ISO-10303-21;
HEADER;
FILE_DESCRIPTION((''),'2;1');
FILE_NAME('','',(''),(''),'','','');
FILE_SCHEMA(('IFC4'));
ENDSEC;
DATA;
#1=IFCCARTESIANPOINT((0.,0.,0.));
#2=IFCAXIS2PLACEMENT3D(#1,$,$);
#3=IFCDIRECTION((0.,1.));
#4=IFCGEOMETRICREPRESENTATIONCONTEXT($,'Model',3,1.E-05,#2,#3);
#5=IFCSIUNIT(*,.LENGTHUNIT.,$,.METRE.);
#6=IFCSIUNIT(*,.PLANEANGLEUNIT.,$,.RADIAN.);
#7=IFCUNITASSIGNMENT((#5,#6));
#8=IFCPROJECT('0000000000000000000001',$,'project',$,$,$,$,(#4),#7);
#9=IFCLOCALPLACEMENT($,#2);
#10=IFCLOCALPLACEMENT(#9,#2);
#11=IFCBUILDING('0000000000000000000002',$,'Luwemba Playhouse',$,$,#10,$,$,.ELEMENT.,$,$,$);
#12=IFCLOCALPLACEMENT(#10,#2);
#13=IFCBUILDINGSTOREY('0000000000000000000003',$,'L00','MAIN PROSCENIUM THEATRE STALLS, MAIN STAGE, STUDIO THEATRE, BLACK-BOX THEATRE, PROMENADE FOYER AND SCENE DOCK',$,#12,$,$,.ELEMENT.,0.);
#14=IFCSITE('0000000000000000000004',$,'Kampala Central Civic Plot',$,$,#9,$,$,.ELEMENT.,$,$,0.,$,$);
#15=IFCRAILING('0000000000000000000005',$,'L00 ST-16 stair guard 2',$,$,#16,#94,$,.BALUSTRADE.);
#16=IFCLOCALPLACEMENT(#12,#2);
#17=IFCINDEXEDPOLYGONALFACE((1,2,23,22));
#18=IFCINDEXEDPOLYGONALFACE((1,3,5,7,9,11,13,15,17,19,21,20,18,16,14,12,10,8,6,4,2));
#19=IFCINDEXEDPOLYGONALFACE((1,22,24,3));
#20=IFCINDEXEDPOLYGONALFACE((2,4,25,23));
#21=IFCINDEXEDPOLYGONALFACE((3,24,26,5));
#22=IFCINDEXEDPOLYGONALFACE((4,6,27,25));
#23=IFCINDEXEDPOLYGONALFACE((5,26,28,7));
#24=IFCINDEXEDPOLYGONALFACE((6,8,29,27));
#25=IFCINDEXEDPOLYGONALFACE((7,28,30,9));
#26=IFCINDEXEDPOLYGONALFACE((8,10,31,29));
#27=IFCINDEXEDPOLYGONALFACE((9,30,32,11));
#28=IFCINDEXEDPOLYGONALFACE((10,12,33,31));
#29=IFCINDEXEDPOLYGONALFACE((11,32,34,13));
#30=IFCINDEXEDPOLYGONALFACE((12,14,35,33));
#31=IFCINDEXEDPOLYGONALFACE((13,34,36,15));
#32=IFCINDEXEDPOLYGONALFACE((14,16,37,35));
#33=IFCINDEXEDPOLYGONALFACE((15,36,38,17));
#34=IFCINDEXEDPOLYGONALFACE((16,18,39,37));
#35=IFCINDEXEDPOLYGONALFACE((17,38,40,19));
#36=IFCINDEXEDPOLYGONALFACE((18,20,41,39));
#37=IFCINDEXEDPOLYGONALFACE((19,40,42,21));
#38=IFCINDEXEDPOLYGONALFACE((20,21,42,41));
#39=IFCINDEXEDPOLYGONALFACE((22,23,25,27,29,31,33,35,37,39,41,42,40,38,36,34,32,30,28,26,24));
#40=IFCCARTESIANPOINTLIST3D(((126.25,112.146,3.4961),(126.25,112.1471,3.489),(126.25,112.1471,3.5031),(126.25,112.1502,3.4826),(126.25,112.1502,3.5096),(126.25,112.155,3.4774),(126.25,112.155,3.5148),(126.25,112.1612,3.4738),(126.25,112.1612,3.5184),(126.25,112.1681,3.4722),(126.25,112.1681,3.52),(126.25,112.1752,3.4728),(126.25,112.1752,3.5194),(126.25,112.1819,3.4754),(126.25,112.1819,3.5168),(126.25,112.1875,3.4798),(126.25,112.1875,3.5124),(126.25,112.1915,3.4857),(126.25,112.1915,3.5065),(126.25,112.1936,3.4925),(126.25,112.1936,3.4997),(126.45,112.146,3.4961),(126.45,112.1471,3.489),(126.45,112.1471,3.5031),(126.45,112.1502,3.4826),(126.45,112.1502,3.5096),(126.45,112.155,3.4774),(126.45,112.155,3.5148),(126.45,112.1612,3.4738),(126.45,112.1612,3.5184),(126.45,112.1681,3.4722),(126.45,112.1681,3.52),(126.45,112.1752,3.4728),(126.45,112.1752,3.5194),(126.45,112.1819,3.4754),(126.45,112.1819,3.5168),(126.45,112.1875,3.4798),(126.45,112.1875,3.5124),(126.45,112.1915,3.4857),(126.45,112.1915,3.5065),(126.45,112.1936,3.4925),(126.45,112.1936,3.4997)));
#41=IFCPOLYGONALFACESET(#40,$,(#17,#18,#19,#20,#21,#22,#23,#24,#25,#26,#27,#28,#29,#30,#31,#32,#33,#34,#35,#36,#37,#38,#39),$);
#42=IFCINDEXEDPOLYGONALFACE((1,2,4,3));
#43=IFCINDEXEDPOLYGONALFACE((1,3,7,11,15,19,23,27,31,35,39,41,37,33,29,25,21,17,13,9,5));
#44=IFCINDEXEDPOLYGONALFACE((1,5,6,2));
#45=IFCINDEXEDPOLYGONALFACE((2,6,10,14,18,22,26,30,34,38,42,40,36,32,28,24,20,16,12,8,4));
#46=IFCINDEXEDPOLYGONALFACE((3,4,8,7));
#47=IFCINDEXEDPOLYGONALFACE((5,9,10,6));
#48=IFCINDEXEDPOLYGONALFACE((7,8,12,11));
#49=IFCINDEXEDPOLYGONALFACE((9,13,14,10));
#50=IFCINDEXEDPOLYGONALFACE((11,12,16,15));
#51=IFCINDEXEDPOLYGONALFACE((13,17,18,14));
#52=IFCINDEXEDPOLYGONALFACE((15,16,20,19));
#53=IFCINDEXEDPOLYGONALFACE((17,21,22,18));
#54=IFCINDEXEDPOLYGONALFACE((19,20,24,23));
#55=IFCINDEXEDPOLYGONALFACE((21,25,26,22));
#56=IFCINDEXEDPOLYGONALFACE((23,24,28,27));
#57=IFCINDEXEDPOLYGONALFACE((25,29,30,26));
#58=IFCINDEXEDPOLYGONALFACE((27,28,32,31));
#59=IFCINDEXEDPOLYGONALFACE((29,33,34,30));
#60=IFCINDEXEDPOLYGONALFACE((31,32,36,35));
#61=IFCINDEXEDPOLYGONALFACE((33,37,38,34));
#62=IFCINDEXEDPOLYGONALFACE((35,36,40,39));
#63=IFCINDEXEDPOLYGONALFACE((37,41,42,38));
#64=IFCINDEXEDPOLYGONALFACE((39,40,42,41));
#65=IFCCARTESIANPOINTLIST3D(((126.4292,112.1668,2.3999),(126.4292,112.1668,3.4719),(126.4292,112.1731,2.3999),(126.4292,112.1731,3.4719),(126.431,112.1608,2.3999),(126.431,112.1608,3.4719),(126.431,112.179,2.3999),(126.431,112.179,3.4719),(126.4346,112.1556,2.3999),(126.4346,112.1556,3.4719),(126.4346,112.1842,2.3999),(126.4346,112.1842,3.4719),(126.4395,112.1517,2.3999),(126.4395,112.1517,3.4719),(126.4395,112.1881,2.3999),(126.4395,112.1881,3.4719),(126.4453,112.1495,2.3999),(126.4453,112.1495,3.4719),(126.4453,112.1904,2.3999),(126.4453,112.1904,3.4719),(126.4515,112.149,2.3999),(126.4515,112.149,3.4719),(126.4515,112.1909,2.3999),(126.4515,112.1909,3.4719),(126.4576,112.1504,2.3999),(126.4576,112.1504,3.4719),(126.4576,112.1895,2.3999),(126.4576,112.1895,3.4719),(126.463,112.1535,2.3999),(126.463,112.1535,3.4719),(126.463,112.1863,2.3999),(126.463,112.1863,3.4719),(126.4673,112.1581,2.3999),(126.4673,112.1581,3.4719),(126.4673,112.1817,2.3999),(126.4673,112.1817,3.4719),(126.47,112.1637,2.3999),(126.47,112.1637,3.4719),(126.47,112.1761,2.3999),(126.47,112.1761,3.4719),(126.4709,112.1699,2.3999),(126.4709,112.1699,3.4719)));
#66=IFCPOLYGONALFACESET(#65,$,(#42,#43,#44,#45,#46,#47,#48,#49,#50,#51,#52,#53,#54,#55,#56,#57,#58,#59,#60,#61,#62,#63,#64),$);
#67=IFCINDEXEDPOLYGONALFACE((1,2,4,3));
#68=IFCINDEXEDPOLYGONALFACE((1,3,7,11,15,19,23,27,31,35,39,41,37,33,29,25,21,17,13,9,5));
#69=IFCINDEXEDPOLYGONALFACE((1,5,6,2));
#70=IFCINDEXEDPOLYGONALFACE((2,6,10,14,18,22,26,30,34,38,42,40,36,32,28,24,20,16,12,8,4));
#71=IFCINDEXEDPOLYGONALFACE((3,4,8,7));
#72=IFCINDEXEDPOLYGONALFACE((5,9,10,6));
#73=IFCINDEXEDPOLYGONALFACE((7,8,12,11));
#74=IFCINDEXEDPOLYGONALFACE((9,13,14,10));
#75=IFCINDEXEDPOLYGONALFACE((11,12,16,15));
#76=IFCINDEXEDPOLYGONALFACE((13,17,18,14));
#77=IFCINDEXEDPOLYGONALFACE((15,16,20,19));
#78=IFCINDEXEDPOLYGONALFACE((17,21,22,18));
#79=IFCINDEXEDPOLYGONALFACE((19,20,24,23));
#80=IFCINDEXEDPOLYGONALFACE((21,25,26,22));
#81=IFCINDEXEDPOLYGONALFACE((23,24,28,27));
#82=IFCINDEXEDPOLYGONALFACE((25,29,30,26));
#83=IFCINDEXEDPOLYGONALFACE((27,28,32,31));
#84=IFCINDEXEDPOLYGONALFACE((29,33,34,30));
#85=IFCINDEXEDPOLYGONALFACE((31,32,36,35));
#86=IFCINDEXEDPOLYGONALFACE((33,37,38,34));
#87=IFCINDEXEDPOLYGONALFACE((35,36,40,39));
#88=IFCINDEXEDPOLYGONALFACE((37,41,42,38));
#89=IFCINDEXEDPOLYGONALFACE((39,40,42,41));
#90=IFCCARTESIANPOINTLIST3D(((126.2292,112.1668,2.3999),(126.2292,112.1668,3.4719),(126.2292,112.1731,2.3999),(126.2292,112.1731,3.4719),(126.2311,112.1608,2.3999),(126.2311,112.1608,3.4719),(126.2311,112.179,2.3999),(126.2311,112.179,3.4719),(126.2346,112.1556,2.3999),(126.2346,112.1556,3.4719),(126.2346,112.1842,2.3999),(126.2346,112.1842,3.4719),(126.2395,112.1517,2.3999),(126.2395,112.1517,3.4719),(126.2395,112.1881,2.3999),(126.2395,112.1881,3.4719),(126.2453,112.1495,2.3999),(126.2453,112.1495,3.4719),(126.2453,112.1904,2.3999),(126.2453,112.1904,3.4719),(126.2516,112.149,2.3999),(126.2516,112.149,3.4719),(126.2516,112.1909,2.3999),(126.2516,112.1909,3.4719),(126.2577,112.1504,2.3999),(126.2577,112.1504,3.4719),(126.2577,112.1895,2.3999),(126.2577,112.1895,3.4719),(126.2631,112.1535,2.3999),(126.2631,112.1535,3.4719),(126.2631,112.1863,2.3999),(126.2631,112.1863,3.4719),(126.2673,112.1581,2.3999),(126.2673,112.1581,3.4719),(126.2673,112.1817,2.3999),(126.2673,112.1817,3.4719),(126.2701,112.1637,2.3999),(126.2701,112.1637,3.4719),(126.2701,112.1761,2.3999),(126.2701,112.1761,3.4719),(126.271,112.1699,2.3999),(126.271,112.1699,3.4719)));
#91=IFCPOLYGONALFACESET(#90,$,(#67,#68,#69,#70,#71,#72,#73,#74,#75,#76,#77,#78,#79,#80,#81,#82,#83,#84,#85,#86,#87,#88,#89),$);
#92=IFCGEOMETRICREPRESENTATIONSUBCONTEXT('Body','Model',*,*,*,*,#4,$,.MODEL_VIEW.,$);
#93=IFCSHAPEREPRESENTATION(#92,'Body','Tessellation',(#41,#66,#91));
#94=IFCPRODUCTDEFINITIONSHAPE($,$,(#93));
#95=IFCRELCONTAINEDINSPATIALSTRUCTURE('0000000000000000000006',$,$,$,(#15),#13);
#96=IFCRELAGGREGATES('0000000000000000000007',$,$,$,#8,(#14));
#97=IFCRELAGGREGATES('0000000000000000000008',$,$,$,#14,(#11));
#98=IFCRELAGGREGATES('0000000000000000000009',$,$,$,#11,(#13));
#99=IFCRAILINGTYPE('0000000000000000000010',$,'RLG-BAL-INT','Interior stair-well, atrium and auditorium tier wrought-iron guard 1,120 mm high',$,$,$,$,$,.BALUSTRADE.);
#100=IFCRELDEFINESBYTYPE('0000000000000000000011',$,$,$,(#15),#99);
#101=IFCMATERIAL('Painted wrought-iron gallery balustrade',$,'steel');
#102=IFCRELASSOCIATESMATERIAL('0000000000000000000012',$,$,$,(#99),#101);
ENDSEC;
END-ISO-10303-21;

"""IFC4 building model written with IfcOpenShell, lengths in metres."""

from ifc_helpers import new_model, si_unit, direction, frame, origin, origin_2d, place, context, subcontext, project, spatial, circle, extrude, material, type_object, element, save


model = new_model("IFC4")

# Units and contexts
model_context = context("Model", 3, precision=1e-05, world=origin(), true_north=direction((0.0, 1.0)))
body_context = subcontext(model_context, "Body", "Model", "MODEL_VIEW")
ifc_project = project(units=[si_unit("LENGTHUNIT", "METRE"), si_unit("PLANEANGLEUNIT", "RADIAN")], contexts=[model_context])

# Site, building, storey
site_placement = place(None, origin())
site = spatial("IfcSite", under=ifc_project, at=site_placement, Name="Kampala Central Civic Plot", CompositionType="ELEMENT", RefElevation=0.0)
building_placement = place(site_placement, origin())
building = spatial("IfcBuilding", under=site, at=building_placement, Name="Luwemba Playhouse", CompositionType="ELEMENT")
storey_placement = place(building_placement, origin())
storey = spatial("IfcBuildingStorey", under=building, at=storey_placement, Name="L00", Description="MAIN PROSCENIUM THEATRE STALLS, MAIN STAGE, STUDIO THEATRE, BLACK-BOX THEATRE, PROMENADE FOYER AND SCENE DOCK", CompositionType="ELEMENT", Elevation=0.0)

# Railing
ifc_material_1 = material(Name="Painted wrought-iron gallery balustrade", Category="steel")
railing_type_1 = type_object("IfcRailingType", Name="RLG-BAL-INT", Description="Interior stair-well, atrium and auditorium tier wrought-iron guard 1,120 mm high", PredefinedType="BALUSTRADE", material=ifc_material_1)
railing_1_placement = place(storey_placement, frame((126.45, 112.1699, 2.3999)))
element("IfcRailing", 1, at=railing_1_placement, inside=storey, type_object=railing_type_1, Name="L00 ST-16 stair guard 2", PredefinedType="BALUSTRADE", context=body_context, shape_type="SweptSolid", body=[
    extrude(circle(Radius=0.0239, at=origin_2d()), frame((0.0, 0.0, 1.0962), z_axis=(-1.0, 0.0, 0.0), x_axis=(0.0, -1.0, 0.0)), (0.0, 0.0, 1.0), 0.2),
    extrude(circle(Radius=0.021, at=origin_2d()), origin(), (0.0, 0.0, 1.0), 1.072),
    extrude(circle(Radius=0.021, at=origin_2d()), frame((-0.2, 0.0, 0.0)), (0.0, 0.0, 1.0), 1.072),
])

save(model, "model.ifc")
